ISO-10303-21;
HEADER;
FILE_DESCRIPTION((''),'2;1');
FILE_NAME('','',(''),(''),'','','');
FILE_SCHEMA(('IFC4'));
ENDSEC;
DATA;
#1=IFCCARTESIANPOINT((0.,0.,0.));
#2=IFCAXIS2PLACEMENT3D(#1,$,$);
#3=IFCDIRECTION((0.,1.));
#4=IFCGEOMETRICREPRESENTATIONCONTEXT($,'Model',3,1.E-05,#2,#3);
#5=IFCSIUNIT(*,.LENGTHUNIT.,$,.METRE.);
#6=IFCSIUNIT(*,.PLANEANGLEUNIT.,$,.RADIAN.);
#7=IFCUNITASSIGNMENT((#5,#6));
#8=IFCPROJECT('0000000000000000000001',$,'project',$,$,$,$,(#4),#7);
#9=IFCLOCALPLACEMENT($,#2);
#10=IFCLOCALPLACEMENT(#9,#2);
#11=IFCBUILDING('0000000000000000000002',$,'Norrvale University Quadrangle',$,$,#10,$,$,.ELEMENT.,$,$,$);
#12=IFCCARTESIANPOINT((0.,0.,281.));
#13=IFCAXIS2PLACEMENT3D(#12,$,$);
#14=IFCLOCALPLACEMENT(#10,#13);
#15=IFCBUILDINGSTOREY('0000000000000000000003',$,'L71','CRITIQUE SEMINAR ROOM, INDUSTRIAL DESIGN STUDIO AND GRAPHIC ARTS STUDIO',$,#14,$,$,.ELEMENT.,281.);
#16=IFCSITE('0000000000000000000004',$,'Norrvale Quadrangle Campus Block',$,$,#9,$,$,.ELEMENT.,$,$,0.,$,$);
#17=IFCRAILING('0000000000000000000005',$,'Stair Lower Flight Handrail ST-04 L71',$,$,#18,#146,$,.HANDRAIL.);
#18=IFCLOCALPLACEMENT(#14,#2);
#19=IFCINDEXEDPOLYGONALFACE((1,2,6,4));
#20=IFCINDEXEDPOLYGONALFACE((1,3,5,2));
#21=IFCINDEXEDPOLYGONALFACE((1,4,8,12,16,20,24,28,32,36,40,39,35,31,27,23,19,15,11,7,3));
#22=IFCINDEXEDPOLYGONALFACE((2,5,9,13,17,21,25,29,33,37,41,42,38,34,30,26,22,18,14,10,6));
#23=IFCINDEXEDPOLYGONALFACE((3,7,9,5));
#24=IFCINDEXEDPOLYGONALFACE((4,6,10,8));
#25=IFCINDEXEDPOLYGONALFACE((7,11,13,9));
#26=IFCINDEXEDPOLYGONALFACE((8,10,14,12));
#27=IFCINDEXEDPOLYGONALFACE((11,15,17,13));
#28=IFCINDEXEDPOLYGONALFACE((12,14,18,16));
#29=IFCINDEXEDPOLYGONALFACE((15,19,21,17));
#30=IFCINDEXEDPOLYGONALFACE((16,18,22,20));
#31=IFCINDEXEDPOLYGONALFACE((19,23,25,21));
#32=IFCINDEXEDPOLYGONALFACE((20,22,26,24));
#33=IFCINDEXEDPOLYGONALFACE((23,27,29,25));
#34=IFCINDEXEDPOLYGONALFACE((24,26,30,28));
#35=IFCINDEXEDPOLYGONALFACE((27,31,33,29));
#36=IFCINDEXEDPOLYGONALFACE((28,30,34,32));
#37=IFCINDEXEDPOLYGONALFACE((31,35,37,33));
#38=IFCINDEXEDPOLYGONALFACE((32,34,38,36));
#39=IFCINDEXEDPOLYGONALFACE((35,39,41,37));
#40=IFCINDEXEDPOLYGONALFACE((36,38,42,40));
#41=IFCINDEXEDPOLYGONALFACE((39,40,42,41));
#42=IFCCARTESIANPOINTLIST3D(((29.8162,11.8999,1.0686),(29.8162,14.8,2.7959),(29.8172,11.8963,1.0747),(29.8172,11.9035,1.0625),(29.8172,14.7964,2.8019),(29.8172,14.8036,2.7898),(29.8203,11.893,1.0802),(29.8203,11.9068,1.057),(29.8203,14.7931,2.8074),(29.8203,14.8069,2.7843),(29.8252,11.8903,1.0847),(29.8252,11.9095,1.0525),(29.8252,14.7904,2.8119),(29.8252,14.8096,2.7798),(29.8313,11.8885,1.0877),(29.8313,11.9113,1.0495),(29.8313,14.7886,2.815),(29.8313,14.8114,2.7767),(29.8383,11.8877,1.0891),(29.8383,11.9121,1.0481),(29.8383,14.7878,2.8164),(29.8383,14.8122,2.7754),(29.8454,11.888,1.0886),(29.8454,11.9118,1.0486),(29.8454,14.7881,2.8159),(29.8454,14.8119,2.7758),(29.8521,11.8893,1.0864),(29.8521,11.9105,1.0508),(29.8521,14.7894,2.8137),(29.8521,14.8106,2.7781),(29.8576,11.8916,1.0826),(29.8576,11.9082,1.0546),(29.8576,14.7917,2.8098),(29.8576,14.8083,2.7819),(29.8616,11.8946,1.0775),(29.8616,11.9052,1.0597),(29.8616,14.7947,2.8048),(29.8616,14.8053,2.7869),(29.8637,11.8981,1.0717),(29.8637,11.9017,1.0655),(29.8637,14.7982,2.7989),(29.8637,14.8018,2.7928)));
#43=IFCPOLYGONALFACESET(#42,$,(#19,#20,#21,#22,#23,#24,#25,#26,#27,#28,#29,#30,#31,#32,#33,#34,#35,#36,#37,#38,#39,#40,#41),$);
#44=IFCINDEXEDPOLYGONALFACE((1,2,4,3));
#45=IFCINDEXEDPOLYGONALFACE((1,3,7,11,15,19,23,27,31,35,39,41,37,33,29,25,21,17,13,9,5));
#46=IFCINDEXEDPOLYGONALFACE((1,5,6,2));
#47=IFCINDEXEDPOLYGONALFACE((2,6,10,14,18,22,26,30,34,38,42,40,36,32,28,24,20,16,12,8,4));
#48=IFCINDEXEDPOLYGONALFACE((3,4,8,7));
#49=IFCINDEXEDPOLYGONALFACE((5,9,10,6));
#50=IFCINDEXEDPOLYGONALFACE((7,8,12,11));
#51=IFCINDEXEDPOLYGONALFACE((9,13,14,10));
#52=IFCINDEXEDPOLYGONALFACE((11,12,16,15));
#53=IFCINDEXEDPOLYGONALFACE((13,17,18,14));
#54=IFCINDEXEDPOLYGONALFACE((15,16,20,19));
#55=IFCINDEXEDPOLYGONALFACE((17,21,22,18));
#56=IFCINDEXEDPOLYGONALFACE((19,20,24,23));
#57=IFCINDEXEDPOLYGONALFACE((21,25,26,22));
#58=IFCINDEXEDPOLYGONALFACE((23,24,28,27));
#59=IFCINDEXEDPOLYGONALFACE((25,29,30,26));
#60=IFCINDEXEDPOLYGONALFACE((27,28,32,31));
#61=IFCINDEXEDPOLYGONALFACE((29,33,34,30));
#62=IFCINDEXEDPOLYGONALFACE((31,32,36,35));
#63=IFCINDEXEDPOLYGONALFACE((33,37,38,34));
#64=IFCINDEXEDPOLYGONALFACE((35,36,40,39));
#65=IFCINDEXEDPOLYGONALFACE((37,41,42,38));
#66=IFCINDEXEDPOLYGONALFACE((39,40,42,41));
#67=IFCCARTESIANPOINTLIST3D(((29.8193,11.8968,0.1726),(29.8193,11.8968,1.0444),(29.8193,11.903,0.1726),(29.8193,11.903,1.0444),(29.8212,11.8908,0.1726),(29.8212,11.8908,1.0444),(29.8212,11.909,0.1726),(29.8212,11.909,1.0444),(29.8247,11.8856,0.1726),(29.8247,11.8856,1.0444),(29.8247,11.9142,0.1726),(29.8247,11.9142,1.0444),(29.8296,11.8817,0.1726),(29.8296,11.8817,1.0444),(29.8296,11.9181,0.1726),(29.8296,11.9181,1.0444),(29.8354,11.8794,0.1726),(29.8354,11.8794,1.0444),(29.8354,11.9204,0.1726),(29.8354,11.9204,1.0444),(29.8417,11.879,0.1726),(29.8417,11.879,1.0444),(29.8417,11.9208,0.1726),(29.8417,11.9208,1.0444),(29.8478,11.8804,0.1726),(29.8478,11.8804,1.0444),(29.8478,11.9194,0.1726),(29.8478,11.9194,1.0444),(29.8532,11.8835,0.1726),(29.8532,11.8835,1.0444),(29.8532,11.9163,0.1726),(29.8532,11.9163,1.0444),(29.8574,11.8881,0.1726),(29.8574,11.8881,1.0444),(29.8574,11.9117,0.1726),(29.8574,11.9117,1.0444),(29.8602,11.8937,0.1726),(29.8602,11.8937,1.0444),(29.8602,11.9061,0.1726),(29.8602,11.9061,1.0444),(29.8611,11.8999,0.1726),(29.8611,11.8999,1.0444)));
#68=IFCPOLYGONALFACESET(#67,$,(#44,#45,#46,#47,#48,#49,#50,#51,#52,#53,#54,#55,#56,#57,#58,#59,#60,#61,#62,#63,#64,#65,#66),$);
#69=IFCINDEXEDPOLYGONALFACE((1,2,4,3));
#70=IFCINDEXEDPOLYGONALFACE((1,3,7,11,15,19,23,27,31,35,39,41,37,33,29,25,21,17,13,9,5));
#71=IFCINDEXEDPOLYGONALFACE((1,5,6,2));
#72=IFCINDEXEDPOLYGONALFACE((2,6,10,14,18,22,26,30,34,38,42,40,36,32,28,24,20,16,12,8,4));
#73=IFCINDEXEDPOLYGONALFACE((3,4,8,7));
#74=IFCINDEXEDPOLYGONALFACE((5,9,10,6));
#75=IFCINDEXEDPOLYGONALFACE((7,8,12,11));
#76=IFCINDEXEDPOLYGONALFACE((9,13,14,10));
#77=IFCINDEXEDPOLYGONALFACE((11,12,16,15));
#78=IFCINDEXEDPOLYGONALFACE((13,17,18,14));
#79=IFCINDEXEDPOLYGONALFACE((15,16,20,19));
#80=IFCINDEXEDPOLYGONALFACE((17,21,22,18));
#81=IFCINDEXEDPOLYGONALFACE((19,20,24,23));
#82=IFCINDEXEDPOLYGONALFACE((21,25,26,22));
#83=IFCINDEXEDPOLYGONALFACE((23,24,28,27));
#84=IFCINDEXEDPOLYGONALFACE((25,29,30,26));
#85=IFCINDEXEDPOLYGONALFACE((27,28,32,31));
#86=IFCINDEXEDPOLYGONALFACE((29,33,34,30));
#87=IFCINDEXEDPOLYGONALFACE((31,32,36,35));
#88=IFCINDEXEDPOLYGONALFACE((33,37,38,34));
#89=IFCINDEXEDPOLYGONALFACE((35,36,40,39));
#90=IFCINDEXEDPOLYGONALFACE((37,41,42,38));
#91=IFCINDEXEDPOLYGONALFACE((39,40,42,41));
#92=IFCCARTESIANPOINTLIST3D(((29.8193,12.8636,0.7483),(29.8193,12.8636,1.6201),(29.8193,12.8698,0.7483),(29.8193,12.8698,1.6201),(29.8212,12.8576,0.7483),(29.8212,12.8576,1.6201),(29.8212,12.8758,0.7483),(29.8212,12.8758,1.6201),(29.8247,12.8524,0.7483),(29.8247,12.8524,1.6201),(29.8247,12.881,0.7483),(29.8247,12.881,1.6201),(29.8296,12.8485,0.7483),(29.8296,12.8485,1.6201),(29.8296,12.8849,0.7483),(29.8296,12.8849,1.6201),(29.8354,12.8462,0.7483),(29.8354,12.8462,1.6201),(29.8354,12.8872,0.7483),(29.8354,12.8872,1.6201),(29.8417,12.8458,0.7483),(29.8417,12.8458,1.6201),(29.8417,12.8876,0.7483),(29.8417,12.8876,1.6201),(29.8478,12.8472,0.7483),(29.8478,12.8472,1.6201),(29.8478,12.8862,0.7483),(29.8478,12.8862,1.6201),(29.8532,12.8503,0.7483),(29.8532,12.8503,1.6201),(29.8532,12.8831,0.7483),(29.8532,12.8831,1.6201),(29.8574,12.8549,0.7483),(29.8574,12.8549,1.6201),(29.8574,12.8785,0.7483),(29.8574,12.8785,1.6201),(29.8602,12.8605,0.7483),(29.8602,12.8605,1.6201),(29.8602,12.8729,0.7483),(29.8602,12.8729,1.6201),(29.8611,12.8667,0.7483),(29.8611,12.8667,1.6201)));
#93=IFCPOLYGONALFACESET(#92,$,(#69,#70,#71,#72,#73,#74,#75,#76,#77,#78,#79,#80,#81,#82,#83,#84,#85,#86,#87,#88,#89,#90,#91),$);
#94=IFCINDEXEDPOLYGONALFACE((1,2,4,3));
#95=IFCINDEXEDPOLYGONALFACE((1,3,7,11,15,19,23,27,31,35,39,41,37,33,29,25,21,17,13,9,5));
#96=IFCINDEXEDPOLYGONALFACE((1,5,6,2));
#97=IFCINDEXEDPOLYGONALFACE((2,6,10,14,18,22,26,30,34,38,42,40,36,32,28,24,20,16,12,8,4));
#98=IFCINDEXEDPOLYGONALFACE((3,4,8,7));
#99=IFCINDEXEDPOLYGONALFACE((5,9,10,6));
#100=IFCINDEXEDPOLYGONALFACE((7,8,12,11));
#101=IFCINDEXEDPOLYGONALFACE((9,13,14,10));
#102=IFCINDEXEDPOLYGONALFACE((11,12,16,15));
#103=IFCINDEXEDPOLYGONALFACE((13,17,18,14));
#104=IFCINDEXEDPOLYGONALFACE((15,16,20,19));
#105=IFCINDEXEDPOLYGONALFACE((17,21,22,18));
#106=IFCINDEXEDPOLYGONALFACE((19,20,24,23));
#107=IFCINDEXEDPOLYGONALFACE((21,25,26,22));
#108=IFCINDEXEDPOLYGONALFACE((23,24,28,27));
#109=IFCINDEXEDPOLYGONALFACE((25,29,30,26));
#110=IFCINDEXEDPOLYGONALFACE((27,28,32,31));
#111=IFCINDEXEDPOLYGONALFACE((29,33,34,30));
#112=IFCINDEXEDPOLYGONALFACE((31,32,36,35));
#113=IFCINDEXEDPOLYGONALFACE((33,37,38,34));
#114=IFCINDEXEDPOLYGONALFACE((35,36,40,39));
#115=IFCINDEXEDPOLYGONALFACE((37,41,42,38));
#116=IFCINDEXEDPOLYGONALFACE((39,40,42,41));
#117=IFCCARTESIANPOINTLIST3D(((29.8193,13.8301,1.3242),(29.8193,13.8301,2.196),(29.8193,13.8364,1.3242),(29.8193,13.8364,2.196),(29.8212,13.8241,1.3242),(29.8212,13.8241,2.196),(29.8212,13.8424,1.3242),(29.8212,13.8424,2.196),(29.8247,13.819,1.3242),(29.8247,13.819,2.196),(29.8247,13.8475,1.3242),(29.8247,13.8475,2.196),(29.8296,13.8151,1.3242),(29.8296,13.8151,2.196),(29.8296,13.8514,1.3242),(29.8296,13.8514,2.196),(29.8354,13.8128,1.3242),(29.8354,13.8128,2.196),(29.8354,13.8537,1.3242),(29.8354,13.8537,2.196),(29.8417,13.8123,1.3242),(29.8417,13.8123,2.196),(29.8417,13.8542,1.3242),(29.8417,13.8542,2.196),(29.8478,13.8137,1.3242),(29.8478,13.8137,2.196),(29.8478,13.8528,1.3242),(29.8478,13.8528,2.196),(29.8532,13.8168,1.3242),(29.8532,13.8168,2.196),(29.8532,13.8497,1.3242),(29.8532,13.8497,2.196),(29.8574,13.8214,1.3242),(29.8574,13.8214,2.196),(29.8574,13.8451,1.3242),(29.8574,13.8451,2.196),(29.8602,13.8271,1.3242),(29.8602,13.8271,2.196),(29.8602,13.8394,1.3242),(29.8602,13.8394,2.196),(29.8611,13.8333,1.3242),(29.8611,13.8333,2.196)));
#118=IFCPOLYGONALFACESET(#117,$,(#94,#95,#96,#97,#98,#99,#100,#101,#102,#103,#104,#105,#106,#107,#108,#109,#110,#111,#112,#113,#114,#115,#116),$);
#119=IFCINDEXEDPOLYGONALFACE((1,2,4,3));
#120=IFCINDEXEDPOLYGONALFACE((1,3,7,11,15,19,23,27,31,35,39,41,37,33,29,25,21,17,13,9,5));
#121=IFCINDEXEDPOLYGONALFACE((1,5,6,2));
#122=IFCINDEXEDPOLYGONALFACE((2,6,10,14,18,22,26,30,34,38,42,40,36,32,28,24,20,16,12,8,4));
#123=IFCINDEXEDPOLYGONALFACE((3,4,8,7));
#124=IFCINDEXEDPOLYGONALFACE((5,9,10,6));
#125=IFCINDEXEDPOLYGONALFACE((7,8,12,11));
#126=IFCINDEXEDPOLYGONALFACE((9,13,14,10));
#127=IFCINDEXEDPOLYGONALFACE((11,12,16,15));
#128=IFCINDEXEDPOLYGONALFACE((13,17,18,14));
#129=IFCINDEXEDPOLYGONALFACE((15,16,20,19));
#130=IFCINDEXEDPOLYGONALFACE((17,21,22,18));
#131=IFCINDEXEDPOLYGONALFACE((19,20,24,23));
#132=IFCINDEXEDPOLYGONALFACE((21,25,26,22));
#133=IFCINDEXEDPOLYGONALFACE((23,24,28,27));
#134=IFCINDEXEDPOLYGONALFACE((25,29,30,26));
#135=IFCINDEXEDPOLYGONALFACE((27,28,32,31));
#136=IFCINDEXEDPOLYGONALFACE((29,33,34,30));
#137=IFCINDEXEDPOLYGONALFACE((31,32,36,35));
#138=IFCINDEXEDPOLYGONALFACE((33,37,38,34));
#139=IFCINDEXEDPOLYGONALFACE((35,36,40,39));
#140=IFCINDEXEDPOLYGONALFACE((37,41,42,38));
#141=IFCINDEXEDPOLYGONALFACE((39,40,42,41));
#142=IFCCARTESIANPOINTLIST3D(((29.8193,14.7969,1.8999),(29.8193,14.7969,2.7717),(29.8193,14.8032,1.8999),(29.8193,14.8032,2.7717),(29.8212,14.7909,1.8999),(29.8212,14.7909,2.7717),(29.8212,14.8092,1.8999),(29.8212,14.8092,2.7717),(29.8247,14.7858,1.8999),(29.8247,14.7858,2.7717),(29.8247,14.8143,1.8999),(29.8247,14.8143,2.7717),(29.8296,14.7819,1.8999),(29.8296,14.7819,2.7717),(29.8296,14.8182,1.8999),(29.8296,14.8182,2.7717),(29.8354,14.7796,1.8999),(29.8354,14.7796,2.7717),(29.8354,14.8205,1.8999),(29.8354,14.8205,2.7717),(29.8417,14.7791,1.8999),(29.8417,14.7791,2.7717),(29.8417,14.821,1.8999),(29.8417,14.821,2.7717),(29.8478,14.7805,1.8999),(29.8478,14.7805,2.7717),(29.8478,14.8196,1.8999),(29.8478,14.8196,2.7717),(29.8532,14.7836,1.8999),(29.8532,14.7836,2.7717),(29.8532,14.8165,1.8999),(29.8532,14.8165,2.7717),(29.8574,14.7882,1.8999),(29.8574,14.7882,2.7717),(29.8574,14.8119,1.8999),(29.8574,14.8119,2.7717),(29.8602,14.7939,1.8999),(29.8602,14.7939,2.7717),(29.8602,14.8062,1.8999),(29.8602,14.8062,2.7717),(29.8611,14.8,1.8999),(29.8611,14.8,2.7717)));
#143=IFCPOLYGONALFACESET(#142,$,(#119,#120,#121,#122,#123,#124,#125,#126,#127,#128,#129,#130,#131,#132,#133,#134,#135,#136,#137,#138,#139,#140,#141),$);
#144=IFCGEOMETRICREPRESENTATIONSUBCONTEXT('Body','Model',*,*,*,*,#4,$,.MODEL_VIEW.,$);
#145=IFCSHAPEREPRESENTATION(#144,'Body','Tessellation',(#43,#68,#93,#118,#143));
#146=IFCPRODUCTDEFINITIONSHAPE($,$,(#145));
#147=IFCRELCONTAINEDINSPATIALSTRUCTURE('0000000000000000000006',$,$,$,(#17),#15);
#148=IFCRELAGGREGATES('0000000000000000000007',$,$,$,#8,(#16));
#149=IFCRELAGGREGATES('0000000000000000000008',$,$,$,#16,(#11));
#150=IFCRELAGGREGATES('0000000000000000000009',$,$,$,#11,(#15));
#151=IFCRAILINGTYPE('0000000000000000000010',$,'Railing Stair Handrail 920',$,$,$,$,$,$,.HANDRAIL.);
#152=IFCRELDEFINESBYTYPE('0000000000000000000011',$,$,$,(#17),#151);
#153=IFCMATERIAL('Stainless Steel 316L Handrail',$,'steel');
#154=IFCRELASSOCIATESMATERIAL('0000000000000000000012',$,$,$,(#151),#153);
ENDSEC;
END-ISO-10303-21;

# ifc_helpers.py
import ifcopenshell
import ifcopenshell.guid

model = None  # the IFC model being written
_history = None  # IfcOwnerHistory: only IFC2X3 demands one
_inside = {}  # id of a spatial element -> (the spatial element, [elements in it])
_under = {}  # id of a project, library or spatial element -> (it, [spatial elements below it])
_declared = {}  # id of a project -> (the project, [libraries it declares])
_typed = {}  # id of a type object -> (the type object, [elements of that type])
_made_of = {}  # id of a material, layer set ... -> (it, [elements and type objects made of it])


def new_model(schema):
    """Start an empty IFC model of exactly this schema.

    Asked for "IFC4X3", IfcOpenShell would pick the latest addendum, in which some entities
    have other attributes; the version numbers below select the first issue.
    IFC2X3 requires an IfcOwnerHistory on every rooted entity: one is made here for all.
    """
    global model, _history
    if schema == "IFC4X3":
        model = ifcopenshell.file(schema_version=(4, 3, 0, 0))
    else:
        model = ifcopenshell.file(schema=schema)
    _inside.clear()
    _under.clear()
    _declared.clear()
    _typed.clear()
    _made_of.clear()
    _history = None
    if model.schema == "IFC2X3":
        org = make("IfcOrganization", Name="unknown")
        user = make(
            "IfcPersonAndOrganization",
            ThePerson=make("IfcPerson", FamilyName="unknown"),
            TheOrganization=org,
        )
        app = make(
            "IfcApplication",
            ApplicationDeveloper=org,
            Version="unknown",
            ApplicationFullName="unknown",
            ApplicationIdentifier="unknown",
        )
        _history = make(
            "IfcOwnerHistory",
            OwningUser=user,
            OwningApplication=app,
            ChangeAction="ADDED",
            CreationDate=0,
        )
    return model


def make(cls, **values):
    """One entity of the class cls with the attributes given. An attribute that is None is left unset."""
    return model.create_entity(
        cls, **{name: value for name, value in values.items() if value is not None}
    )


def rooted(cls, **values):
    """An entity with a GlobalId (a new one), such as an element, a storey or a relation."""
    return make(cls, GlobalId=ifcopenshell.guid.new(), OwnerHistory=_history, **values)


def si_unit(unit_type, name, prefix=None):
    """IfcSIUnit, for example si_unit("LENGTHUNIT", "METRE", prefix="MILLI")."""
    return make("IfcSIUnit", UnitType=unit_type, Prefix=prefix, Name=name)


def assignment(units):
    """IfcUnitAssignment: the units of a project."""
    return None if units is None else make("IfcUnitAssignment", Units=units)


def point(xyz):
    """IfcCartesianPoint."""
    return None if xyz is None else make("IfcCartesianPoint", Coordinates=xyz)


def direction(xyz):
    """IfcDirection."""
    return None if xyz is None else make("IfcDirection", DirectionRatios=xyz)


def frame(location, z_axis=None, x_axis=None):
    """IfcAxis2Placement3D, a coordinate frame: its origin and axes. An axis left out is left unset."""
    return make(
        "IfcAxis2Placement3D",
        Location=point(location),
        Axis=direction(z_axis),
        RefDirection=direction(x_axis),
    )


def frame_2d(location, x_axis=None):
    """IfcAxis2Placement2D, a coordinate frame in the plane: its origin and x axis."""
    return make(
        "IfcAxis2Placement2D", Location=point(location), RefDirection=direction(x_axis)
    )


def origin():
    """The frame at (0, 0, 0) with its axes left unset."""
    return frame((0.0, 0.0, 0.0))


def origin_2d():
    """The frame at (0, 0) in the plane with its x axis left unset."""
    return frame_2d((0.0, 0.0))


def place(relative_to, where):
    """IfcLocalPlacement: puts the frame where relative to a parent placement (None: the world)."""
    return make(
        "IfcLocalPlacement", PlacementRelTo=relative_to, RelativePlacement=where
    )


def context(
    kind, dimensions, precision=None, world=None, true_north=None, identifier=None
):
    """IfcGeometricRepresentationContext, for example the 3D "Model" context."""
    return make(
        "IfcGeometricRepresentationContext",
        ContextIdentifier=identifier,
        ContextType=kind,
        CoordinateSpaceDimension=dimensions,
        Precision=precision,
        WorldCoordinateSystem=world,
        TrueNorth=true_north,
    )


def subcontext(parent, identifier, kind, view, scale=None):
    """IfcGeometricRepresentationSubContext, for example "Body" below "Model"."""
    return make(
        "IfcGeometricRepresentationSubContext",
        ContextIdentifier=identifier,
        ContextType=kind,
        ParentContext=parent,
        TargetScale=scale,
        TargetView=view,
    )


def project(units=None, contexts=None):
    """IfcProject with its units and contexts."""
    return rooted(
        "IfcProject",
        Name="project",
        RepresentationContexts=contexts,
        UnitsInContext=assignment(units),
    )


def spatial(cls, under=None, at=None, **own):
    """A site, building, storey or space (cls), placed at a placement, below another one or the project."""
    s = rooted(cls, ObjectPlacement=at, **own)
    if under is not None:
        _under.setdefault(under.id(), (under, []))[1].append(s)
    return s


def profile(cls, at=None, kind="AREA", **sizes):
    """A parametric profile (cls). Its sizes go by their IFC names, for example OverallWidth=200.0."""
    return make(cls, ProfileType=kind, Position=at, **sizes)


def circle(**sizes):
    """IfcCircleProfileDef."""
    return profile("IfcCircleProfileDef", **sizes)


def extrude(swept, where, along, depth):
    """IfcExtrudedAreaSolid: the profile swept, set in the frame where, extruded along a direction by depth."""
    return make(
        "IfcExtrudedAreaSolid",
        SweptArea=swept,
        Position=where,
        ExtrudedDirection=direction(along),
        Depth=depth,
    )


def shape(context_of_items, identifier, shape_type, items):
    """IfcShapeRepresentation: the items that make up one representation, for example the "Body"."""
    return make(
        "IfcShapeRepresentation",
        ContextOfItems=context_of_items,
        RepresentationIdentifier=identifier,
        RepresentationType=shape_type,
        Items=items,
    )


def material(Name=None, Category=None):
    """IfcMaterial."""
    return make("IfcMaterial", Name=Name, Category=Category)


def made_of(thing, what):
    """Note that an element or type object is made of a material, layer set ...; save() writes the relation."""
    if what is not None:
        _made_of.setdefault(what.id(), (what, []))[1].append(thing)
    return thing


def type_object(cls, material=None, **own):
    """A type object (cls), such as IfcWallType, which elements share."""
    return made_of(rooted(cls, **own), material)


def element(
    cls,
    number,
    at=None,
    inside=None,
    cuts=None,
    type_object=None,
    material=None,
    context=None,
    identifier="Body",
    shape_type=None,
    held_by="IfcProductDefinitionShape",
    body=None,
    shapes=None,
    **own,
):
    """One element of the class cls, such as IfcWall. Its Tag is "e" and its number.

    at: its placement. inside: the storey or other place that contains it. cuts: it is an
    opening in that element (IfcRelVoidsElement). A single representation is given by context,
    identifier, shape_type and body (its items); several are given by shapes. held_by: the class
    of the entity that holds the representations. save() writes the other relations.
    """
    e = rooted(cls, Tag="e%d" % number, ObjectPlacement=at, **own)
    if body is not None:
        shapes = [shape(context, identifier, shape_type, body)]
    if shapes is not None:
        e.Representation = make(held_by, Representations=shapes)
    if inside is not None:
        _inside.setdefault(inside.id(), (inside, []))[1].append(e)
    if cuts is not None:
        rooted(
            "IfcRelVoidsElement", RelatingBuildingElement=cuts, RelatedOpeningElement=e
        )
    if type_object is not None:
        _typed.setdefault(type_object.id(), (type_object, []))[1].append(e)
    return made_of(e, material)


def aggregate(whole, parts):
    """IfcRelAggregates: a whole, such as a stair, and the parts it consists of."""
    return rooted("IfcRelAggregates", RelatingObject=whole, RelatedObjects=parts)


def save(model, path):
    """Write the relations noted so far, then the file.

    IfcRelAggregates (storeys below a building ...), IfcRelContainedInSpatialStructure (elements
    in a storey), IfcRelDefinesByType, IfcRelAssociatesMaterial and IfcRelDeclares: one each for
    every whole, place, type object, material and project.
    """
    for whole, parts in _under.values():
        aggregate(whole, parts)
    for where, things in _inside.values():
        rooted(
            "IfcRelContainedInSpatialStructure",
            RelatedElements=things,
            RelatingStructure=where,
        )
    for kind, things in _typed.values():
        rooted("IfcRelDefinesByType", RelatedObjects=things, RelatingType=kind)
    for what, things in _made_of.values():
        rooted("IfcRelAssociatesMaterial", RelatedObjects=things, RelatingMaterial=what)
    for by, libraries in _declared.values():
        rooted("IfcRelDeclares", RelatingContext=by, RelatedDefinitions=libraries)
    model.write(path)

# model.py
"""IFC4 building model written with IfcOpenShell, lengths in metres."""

from ifc_helpers import new_model, si_unit, direction, frame, origin, origin_2d, place, context, subcontext, project, spatial, circle, extrude, material, type_object, element, save


model = new_model("IFC4")

# Units and contexts
model_context = context("Model", 3, precision=1e-05, world=origin(), true_north=direction((0.0, 1.0)))
body_context = subcontext(model_context, "Body", "Model", "MODEL_VIEW")
ifc_project = project(units=[si_unit("LENGTHUNIT", "METRE"), si_unit("PLANEANGLEUNIT", "RADIAN")], contexts=[model_context])

# Site, building, storey
site_placement = place(None, origin())
site = spatial("IfcSite", under=ifc_project, at=site_placement, Name="Norrvale Quadrangle Campus Block", CompositionType="ELEMENT", RefElevation=0.0)
building_placement = place(site_placement, origin())
building = spatial("IfcBuilding", under=site, at=building_placement, Name="Norrvale University Quadrangle", CompositionType="ELEMENT")
storey_placement = place(building_placement, frame((0.0, 0.0, 281.0)))
storey = spatial("IfcBuildingStorey", under=building, at=storey_placement, Name="L71", Description="CRITIQUE SEMINAR ROOM, INDUSTRIAL DESIGN STUDIO AND GRAPHIC ARTS STUDIO", CompositionType="ELEMENT", Elevation=281.0)

# Railing
ifc_material_1 = material(Name="Stainless Steel 316L Handrail", Category="steel")
railing_type_1 = type_object("IfcRailingType", Name="Railing Stair Handrail 920", PredefinedType="HANDRAIL", material=ifc_material_1)
railing_1_placement = place(storey_placement, frame((29.8401, 11.8999, 0.1726)))
element("IfcRailing", 1, at=railing_1_placement, inside=storey, type_object=railing_type_1, Name="Stair Lower Flight Handrail ST-04 L71", PredefinedType="HANDRAIL", context=body_context, shape_type="SweptSolid", body=[
    extrude(circle(Radius=0.0239, at=origin_2d()), frame((0.0, 0.0, 0.896), z_axis=(0.0, 0.85916, 0.511706), x_axis=(-1.0, 0.0, 0.0)), (0.0, 0.0, 1.0), 3.3755),
    extrude(circle(Radius=0.021, at=origin_2d()), origin(), (0.0, 0.0, 1.0), 0.8718),
    extrude(circle(Radius=0.021, at=origin_2d()), frame((0.0, 0.9668, 0.5757)), (0.0, 0.0, 1.0), 0.8718),
    extrude(circle(Radius=0.021, at=origin_2d()), frame((0.0, 1.9333, 1.1516)), (0.0, 0.0, 1.0), 0.8718),
    extrude(circle(Radius=0.021, at=origin_2d()), frame((0.0, 2.9001, 1.7273)), (0.0, 0.0, 1.0), 0.8718),
])

save(model, "model.ifc")
